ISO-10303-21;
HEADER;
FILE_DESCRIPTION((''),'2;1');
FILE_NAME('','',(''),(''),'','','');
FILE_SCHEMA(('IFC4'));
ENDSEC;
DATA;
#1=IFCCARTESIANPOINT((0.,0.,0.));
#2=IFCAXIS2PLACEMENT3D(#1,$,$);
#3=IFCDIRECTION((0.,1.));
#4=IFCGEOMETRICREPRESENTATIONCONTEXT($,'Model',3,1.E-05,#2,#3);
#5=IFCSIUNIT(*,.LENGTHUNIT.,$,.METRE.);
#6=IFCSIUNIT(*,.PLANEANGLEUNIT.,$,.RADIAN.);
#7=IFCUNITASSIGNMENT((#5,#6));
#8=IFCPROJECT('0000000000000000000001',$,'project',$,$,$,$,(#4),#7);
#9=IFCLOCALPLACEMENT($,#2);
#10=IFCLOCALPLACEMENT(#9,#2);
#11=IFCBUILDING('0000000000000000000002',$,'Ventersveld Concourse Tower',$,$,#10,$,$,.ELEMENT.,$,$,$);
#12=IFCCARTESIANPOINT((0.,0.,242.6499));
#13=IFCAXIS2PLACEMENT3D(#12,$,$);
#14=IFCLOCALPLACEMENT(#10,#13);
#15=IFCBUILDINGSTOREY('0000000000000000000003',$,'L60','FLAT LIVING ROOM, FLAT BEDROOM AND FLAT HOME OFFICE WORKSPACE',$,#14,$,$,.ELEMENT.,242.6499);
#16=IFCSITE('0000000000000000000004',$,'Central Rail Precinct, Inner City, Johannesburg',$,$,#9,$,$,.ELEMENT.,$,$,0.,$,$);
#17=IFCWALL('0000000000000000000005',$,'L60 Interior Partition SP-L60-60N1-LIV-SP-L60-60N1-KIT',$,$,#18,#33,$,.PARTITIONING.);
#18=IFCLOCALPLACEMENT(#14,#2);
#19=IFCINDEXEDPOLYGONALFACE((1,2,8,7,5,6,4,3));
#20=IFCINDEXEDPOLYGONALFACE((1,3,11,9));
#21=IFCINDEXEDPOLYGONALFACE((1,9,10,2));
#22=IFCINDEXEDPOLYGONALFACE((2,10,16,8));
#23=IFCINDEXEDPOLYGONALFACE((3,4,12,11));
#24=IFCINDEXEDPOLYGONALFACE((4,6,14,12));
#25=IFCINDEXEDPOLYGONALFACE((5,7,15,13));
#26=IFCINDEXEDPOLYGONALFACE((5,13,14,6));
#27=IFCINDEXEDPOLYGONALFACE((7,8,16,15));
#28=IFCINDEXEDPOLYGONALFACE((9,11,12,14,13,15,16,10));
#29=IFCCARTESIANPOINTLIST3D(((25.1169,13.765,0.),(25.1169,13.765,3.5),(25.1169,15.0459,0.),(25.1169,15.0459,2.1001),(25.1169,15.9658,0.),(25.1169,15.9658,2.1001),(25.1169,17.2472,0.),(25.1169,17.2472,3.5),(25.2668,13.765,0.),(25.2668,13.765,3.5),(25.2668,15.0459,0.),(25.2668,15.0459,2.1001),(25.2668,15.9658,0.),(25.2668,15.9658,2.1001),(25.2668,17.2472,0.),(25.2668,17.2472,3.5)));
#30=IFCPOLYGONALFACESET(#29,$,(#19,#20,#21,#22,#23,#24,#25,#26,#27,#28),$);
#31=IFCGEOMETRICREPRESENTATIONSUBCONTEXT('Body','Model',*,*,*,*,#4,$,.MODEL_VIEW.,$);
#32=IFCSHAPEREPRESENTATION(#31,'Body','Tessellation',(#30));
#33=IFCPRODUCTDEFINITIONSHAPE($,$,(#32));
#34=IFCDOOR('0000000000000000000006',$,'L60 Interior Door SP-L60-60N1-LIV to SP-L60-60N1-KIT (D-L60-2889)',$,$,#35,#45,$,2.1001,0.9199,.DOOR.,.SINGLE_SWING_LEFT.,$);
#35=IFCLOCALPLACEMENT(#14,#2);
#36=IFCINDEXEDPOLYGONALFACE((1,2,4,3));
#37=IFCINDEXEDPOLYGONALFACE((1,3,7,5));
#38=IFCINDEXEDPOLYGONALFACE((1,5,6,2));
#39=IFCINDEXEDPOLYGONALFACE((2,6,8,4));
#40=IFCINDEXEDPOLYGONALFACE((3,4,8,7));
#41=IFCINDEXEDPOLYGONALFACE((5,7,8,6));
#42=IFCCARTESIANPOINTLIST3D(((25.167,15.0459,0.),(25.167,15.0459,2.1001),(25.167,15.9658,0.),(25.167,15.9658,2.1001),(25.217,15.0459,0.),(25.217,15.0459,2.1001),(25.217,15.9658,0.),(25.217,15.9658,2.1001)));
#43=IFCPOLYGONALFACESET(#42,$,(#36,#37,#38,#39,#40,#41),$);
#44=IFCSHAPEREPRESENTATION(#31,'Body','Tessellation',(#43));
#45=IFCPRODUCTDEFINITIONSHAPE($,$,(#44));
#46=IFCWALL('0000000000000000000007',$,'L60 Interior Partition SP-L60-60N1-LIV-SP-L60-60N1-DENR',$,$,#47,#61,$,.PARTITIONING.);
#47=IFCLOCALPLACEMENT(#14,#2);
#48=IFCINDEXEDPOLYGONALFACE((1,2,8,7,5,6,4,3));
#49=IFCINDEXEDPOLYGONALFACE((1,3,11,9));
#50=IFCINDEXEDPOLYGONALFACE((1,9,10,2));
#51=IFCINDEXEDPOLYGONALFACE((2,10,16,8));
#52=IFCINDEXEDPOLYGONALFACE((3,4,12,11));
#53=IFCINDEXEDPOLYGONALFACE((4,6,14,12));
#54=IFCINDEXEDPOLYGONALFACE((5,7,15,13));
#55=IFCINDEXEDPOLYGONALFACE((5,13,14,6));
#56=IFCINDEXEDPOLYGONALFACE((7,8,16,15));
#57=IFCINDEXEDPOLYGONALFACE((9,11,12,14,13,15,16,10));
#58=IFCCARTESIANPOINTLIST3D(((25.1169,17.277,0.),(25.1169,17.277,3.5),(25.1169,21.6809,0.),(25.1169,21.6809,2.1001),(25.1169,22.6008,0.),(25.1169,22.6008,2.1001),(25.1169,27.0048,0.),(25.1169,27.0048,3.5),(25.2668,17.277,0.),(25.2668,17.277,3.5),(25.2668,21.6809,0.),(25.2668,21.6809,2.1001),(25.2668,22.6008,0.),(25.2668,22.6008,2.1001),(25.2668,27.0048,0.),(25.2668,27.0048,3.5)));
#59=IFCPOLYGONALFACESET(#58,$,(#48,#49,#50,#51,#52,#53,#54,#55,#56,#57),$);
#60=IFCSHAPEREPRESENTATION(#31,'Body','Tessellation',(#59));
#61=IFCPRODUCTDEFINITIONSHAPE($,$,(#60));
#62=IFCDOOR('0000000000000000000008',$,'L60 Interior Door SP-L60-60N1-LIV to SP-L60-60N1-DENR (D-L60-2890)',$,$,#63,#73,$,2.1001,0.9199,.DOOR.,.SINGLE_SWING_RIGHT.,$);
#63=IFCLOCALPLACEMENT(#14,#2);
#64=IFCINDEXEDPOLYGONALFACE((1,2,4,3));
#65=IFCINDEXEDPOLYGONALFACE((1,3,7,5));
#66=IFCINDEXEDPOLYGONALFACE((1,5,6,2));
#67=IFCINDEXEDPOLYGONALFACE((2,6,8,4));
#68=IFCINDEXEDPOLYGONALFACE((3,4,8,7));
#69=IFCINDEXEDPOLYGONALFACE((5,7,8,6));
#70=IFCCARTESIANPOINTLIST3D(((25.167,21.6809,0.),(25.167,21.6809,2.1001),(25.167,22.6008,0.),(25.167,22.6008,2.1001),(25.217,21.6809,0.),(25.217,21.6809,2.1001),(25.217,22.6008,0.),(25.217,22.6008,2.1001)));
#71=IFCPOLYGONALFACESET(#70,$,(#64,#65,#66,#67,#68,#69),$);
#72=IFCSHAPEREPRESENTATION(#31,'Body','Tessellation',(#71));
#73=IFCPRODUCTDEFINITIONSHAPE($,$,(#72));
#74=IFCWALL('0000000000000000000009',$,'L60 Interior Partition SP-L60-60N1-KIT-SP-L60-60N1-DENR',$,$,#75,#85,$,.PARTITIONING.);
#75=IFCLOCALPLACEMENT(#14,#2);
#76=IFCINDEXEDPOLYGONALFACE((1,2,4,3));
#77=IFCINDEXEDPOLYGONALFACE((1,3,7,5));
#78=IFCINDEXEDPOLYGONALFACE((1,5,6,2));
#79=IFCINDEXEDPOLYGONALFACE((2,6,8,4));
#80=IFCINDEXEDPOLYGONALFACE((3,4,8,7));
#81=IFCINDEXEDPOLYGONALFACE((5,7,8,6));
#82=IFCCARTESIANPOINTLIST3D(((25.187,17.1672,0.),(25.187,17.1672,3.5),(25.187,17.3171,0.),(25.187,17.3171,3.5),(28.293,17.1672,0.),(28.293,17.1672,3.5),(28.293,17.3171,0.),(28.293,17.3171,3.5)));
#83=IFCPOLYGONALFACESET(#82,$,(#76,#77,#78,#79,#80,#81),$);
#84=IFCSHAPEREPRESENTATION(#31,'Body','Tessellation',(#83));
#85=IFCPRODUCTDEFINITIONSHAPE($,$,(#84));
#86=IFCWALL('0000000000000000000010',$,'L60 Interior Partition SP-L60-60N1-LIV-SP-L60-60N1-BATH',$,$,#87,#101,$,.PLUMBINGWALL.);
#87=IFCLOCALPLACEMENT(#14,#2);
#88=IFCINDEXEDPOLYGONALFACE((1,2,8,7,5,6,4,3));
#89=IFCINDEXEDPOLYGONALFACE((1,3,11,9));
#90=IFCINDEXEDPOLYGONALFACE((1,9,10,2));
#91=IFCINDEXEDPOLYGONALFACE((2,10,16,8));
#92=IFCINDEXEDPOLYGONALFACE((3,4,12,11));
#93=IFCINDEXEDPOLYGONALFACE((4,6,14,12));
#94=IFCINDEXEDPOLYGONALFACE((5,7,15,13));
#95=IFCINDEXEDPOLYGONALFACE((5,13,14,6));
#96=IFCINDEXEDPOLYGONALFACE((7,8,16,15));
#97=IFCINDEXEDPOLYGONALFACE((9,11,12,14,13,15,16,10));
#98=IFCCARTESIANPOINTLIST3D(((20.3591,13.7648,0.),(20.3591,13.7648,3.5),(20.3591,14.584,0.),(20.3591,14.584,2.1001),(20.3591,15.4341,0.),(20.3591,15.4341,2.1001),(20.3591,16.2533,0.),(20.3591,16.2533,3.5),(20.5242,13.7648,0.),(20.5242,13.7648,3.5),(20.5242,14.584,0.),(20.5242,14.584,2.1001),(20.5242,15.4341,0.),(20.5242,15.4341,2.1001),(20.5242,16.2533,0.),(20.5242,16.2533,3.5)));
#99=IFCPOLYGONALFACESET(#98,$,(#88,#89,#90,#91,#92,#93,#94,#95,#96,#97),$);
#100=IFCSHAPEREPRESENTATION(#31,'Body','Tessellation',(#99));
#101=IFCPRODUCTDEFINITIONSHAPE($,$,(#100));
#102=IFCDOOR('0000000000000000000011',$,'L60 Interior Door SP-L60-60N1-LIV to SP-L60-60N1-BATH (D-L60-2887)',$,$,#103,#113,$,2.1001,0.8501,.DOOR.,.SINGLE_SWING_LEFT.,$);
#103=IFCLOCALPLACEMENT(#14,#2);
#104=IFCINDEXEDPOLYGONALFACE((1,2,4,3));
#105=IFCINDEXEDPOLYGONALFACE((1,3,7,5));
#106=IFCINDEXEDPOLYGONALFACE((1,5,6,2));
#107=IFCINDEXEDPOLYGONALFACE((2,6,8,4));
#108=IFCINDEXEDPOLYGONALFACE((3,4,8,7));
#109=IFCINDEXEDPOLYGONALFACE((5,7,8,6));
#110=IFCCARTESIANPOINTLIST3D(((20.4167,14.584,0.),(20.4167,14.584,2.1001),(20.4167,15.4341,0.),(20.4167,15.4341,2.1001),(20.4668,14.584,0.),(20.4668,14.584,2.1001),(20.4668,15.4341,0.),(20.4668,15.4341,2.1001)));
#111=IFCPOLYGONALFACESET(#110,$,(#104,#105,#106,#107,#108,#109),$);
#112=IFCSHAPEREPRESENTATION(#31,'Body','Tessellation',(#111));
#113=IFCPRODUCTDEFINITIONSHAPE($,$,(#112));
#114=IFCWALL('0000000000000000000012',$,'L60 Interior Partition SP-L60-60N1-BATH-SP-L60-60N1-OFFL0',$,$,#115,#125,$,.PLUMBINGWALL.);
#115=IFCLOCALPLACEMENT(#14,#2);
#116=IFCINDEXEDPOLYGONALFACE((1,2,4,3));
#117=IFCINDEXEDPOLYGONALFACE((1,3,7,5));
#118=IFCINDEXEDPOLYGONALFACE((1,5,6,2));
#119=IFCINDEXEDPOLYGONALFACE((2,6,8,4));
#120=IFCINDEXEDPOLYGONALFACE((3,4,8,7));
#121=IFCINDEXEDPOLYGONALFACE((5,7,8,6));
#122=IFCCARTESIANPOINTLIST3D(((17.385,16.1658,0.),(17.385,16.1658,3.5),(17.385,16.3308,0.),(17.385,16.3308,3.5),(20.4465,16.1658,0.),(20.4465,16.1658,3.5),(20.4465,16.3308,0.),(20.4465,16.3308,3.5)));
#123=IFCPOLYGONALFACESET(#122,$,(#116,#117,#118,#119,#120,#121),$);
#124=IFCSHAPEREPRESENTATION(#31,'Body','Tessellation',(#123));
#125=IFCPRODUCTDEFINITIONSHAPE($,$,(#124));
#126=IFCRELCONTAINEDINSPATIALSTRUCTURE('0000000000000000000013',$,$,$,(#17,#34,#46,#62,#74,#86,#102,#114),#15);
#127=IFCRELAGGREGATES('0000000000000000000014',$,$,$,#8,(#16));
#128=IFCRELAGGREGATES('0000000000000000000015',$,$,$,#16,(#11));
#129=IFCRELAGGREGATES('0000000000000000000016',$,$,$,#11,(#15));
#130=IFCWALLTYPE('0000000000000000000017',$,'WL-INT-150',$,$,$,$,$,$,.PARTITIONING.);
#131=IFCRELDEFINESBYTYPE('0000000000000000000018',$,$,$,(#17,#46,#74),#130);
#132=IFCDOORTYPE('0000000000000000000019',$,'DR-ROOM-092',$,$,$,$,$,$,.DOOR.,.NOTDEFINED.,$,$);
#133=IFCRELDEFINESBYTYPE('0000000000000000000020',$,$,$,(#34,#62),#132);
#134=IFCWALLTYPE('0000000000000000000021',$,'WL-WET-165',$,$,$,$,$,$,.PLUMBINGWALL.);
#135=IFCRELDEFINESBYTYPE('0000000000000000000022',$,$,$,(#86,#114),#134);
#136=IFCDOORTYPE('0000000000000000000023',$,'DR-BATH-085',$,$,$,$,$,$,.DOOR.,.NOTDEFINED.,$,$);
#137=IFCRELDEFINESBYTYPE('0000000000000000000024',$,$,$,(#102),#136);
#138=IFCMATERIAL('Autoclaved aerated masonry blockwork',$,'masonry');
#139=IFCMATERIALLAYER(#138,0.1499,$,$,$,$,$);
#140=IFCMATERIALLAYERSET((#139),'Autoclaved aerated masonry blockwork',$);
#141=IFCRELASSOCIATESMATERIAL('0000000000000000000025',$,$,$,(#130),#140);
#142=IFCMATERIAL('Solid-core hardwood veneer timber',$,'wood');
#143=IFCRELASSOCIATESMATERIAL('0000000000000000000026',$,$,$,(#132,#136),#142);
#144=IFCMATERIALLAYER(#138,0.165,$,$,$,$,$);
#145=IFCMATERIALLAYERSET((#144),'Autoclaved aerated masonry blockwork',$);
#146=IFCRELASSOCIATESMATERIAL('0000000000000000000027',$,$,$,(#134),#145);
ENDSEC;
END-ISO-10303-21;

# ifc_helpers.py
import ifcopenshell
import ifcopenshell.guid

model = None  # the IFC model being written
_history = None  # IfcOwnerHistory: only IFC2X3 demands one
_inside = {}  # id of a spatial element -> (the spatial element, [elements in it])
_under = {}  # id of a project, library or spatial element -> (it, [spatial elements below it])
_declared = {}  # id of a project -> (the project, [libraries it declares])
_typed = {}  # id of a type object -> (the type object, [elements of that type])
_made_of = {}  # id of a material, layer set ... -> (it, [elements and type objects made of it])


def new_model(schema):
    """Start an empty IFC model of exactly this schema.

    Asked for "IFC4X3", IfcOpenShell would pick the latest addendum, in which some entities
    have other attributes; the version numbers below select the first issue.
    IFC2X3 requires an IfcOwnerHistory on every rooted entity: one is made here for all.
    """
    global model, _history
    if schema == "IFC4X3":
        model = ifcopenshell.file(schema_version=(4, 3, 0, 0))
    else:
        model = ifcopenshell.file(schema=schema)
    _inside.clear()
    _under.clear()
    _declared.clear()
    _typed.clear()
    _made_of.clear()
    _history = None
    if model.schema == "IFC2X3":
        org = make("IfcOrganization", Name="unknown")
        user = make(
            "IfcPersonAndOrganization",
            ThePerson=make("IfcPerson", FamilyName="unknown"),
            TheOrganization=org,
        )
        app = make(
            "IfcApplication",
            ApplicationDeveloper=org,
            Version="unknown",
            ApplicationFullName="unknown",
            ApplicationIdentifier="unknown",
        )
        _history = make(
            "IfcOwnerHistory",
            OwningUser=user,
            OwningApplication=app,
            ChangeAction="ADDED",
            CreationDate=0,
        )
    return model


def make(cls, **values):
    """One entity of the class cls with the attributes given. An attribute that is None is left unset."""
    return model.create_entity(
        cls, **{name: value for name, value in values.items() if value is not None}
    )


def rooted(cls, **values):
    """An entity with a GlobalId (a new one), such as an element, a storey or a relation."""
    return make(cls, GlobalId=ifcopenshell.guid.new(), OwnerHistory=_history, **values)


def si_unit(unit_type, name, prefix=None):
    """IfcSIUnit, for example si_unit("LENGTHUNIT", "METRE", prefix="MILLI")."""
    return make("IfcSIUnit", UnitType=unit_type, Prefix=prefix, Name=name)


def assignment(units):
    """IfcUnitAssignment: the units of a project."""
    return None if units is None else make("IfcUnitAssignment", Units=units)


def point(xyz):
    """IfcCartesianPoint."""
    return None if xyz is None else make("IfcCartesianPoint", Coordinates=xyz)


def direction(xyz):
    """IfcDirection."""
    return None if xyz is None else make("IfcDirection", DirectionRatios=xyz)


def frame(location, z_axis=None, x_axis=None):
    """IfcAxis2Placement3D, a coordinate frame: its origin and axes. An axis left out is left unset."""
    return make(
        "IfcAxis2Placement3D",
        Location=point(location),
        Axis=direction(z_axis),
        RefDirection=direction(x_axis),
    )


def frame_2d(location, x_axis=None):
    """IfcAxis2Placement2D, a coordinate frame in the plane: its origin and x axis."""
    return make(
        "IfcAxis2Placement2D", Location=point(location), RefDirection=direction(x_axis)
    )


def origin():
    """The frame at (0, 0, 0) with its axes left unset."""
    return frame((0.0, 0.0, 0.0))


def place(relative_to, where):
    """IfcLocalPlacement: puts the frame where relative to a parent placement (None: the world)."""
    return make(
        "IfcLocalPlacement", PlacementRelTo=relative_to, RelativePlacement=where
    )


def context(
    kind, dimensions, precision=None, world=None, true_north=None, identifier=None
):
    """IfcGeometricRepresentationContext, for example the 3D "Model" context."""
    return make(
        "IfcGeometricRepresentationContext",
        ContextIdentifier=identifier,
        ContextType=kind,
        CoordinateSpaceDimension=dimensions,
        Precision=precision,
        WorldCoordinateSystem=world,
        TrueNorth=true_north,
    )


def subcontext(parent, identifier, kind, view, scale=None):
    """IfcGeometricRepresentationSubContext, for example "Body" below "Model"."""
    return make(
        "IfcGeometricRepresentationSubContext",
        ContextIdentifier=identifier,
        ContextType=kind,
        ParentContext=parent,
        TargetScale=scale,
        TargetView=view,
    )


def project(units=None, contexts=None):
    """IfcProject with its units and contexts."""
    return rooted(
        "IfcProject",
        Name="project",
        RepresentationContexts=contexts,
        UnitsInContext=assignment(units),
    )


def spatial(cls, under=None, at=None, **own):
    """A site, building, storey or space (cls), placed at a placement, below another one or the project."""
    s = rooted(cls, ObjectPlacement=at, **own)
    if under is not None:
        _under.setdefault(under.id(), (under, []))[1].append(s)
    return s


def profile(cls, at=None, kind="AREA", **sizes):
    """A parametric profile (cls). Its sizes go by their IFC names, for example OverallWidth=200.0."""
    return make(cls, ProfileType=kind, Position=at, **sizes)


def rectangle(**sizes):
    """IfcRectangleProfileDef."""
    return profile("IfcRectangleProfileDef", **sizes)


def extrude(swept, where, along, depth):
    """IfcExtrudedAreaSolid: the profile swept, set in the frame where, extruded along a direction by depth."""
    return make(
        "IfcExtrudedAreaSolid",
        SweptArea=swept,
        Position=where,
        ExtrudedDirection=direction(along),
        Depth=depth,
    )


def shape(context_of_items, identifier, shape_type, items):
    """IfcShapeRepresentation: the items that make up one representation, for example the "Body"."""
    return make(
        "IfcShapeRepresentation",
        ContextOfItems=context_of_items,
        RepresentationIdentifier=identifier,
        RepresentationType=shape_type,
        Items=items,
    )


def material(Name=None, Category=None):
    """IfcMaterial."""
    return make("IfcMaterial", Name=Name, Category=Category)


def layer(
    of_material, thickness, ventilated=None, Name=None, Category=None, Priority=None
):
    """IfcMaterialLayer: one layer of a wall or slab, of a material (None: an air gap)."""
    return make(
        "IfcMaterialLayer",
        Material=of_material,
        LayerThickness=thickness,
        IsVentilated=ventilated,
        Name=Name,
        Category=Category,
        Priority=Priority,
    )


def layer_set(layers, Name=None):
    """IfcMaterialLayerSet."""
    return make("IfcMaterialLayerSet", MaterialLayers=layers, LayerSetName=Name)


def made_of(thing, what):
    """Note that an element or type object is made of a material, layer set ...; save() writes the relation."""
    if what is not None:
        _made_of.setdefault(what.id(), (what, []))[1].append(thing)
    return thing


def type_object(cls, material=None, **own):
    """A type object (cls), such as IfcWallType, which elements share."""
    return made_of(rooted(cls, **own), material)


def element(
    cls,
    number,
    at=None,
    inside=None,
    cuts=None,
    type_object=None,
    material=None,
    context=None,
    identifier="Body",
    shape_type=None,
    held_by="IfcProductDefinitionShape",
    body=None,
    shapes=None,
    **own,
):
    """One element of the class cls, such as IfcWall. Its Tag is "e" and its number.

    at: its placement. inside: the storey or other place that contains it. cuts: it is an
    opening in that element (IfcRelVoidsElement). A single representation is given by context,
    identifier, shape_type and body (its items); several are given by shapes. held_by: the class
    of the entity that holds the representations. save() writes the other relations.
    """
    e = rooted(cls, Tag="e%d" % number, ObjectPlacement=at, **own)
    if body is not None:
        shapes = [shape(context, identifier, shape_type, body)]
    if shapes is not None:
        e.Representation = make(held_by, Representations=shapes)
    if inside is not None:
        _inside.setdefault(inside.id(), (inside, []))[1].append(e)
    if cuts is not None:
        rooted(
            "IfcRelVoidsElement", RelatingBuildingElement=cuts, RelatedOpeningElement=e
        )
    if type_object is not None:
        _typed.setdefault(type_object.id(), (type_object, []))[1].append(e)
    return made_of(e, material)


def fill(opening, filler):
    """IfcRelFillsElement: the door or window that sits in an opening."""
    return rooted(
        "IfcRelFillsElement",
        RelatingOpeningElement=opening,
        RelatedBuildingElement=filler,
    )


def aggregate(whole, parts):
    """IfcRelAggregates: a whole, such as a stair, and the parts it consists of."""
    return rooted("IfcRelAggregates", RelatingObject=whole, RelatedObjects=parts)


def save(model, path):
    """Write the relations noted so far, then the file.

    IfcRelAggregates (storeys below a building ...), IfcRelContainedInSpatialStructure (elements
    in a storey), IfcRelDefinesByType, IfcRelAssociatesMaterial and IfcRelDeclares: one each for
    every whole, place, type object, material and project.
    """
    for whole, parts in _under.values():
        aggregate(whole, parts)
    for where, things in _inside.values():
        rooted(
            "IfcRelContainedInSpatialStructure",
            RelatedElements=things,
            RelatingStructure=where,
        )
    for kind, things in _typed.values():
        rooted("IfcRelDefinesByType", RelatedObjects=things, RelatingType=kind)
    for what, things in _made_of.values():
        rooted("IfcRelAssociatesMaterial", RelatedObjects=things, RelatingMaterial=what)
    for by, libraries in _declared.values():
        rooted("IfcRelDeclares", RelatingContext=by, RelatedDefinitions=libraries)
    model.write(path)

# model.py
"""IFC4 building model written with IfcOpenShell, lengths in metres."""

from ifc_helpers import new_model, si_unit, direction, frame, frame_2d, origin, place, context, subcontext, project, spatial, rectangle, extrude, material, layer, layer_set, type_object, element, fill, save


model = new_model("IFC4")

# Units and contexts
model_context = context("Model", 3, precision=1e-05, world=origin(), true_north=direction((0.0, 1.0)))
body_context = subcontext(model_context, "Body", "Model", "MODEL_VIEW")
ifc_project = project(units=[si_unit("LENGTHUNIT", "METRE"), si_unit("PLANEANGLEUNIT", "RADIAN")], contexts=[model_context])

# Site, building, storey
site_placement = place(None, origin())
site = spatial("IfcSite", under=ifc_project, at=site_placement, Name="Central Rail Precinct, Inner City, Johannesburg", CompositionType="ELEMENT", RefElevation=0.0)
building_placement = place(site_placement, origin())
building = spatial("IfcBuilding", under=site, at=building_placement, Name="Ventersveld Concourse Tower", CompositionType="ELEMENT")
storey_placement = place(building_placement, frame((0.0, 0.0, 242.6499)))
storey = spatial("IfcBuildingStorey", under=building, at=storey_placement, Name="L60", Description="FLAT LIVING ROOM, FLAT BEDROOM AND FLAT HOME OFFICE WORKSPACE", CompositionType="ELEMENT", Elevation=242.6499)

# Shared definitions
ifc_material_1 = material(Name="Solid-core hardwood veneer timber", Category="wood")

# Walls, openings, doors
ifc_material_2 = material(Name="Autoclaved aerated masonry blockwork", Category="masonry")
ifc_layer_1 = layer(ifc_material_2, 0.1499)
ifc_layer_set_1 = layer_set([ifc_layer_1], Name="Autoclaved aerated masonry blockwork")
wall_type_1 = type_object("IfcWallType", Name="WL-INT-150", PredefinedType="PARTITIONING", material=ifc_layer_set_1)
door_type_1 = type_object("IfcDoorType", Name="DR-ROOM-092", OperationType="NOTDEFINED", PredefinedType="DOOR", material=ifc_material_1)
wall_1_placement = place(storey_placement, frame((25.1919, 13.7649, 0.0), z_axis=(0.0, 0.0, 1.0), x_axis=(0.0, 1.0, 0.0)))
wall_1 = element("IfcWall", 1, at=wall_1_placement, inside=storey, type_object=wall_type_1, Name="L60 Interior Partition SP-L60-60N1-LIV-SP-L60-60N1-KIT", PredefinedType="PARTITIONING", context=body_context, shape_type="SweptSolid", body=[
    extrude(rectangle(XDim=3.4822, YDim=0.1499, at=frame_2d((1.7412, 0.0))), origin(), (0.0, 0.0, 1.0), 3.5),
])
opening_1_placement = place(wall_1_placement, frame((1.281, 0.0, 0.0)))
opening_1 = element("IfcOpeningElement", 2, at=opening_1_placement, cuts=wall_1, PredefinedType="OPENING", context=body_context, shape_type="SweptSolid", body=[
    extrude(rectangle(XDim=0.9199, YDim=2.1001, at=frame_2d((0.46, 1.05))), frame((0.0, 0.085, 0.0), z_axis=(0.0, -1.0, 0.0), x_axis=(1.0, 0.0, 0.0)), (0.0, 0.0, 1.0), 0.1699),
])
door_1_placement = place(opening_1_placement, origin())
door_1 = element("IfcDoor", 3, at=door_1_placement, inside=storey, type_object=door_type_1, Name="L60 Interior Door SP-L60-60N1-LIV to SP-L60-60N1-KIT (D-L60-2889)", OperationType="SINGLE_SWING_LEFT", OverallHeight=2.1001, OverallWidth=0.9199, PredefinedType="DOOR", context=body_context, shape_type="SweptSolid", body=[
    extrude(rectangle(XDim=0.9199, YDim=2.1001, at=frame_2d((0.46, 1.05))), frame((0.0, 0.0249, 0.0), z_axis=(0.0, -1.0, 0.0), x_axis=(1.0, 0.0, 0.0)), (0.0, 0.0, 1.0), 0.05),
])
fill(opening_1, door_1)
wall_2_placement = place(storey_placement, frame((25.1919, 17.2771, 0.0), z_axis=(0.0, 0.0, 1.0), x_axis=(0.0, 1.0, 0.0)))
wall_2 = element("IfcWall", 4, at=wall_2_placement, inside=storey, type_object=wall_type_1, Name="L60 Interior Partition SP-L60-60N1-LIV-SP-L60-60N1-DENR", PredefinedType="PARTITIONING", context=body_context, shape_type="SweptSolid", body=[
    extrude(rectangle(XDim=9.7278, YDim=0.1499, at=frame_2d((4.8638, 0.0))), origin(), (0.0, 0.0, 1.0), 3.5),
])
opening_2_placement = place(wall_2_placement, frame((4.4038, 0.0, 0.0)))
opening_2 = element("IfcOpeningElement", 5, at=opening_2_placement, cuts=wall_2, PredefinedType="OPENING", context=body_context, shape_type="SweptSolid", body=[
    extrude(rectangle(XDim=0.9199, YDim=2.1001, at=frame_2d((0.46, 1.05))), frame((0.0, 0.085, 0.0), z_axis=(0.0, -1.0, 0.0), x_axis=(1.0, 0.0, 0.0)), (0.0, 0.0, 1.0), 0.1699),
])
door_2_placement = place(opening_2_placement, origin())
door_2 = element("IfcDoor", 6, at=door_2_placement, inside=storey, type_object=door_type_1, Name="L60 Interior Door SP-L60-60N1-LIV to SP-L60-60N1-DENR (D-L60-2890)", OperationType="SINGLE_SWING_RIGHT", OverallHeight=2.1001, OverallWidth=0.9199, PredefinedType="DOOR", context=body_context, shape_type="SweptSolid", body=[
    extrude(rectangle(XDim=0.9199, YDim=2.1001, at=frame_2d((0.46, 1.05))), frame((0.0, 0.0249, 0.0), z_axis=(0.0, -1.0, 0.0), x_axis=(1.0, 0.0, 0.0)), (0.0, 0.0, 1.0), 0.05),
])
fill(opening_2, door_2)

# Wall
wall_3_placement = place(storey_placement, frame((25.187, 17.2422, 0.0), z_axis=(0.0, 0.0, 1.0), x_axis=(1.0, 0.0, 0.0)))
element("IfcWall", 7, at=wall_3_placement, inside=storey, type_object=wall_type_1, Name="L60 Interior Partition SP-L60-60N1-KIT-SP-L60-60N1-DENR", PredefinedType="PARTITIONING", context=body_context, shape_type="SweptSolid", body=[
    extrude(rectangle(XDim=3.106, YDim=0.1499, at=frame_2d((1.553, 0.0))), origin(), (0.0, 0.0, 1.0), 3.5),
])

# Wall, opening, door
ifc_layer_2 = layer(ifc_material_2, 0.165)
ifc_layer_set_2 = layer_set([ifc_layer_2], Name="Autoclaved aerated masonry blockwork")
wall_type_2 = type_object("IfcWallType", Name="WL-WET-165", PredefinedType="PLUMBINGWALL", material=ifc_layer_set_2)
wall_4_placement = place(storey_placement, frame((20.4417, 13.7649, 0.0), z_axis=(0.0, 0.0, 1.0), x_axis=(0.0, 1.0, 0.0)))
wall_4 = element("IfcWall", 8, at=wall_4_placement, inside=storey, type_object=wall_type_2, Name="L60 Interior Partition SP-L60-60N1-LIV-SP-L60-60N1-BATH", PredefinedType="PLUMBINGWALL", context=body_context, shape_type="SweptSolid", body=[
    extrude(rectangle(XDim=2.4885, YDim=0.165, at=frame_2d((1.2441, 0.0))), origin(), (0.0, 0.0, 1.0), 3.5),
])
opening_3_placement = place(wall_4_placement, frame((0.8191, 0.0, 0.0)))
opening_3 = element("IfcOpeningElement", 9, at=opening_3_placement, cuts=wall_4, PredefinedType="OPENING", context=body_context, shape_type="SweptSolid", body=[
    extrude(rectangle(XDim=0.8501, YDim=2.1001, at=frame_2d((0.425, 1.05))), frame((0.0, 0.0925, 0.0), z_axis=(0.0, -1.0, 0.0), x_axis=(1.0, 0.0, 0.0)), (0.0, 0.0, 1.0), 0.1851),
])
door_type_2 = type_object("IfcDoorType", Name="DR-BATH-085", OperationType="NOTDEFINED", PredefinedType="DOOR", material=ifc_material_1)
door_3_placement = place(opening_3_placement, origin())
door_3 = element("IfcDoor", 10, at=door_3_placement, inside=storey, type_object=door_type_2, Name="L60 Interior Door SP-L60-60N1-LIV to SP-L60-60N1-BATH (D-L60-2887)", OperationType="SINGLE_SWING_LEFT", OverallHeight=2.1001, OverallWidth=0.8501, PredefinedType="DOOR", context=body_context, shape_type="SweptSolid", body=[
    extrude(rectangle(XDim=0.8501, YDim=2.1001, at=frame_2d((0.425, 1.05))), frame((0.0, 0.0249, 0.0), z_axis=(0.0, -1.0, 0.0), x_axis=(1.0, 0.0, 0.0)), (0.0, 0.0, 1.0), 0.05),
])
fill(opening_3, door_3)

# Wall
wall_5_placement = place(storey_placement, frame((17.385, 16.2483, 0.0), z_axis=(0.0, 0.0, 1.0), x_axis=(1.0, 0.0, 0.0)))
element("IfcWall", 11, at=wall_5_placement, inside=storey, type_object=wall_type_2, Name="L60 Interior Partition SP-L60-60N1-BATH-SP-L60-60N1-OFFL0", PredefinedType="PLUMBINGWALL", context=body_context, shape_type="SweptSolid", body=[
    extrude(rectangle(XDim=3.0615, YDim=0.165, at=frame_2d((1.5308, 0.0))), origin(), (0.0, 0.0, 1.0), 3.5),
])

save(model, "model.ifc")
